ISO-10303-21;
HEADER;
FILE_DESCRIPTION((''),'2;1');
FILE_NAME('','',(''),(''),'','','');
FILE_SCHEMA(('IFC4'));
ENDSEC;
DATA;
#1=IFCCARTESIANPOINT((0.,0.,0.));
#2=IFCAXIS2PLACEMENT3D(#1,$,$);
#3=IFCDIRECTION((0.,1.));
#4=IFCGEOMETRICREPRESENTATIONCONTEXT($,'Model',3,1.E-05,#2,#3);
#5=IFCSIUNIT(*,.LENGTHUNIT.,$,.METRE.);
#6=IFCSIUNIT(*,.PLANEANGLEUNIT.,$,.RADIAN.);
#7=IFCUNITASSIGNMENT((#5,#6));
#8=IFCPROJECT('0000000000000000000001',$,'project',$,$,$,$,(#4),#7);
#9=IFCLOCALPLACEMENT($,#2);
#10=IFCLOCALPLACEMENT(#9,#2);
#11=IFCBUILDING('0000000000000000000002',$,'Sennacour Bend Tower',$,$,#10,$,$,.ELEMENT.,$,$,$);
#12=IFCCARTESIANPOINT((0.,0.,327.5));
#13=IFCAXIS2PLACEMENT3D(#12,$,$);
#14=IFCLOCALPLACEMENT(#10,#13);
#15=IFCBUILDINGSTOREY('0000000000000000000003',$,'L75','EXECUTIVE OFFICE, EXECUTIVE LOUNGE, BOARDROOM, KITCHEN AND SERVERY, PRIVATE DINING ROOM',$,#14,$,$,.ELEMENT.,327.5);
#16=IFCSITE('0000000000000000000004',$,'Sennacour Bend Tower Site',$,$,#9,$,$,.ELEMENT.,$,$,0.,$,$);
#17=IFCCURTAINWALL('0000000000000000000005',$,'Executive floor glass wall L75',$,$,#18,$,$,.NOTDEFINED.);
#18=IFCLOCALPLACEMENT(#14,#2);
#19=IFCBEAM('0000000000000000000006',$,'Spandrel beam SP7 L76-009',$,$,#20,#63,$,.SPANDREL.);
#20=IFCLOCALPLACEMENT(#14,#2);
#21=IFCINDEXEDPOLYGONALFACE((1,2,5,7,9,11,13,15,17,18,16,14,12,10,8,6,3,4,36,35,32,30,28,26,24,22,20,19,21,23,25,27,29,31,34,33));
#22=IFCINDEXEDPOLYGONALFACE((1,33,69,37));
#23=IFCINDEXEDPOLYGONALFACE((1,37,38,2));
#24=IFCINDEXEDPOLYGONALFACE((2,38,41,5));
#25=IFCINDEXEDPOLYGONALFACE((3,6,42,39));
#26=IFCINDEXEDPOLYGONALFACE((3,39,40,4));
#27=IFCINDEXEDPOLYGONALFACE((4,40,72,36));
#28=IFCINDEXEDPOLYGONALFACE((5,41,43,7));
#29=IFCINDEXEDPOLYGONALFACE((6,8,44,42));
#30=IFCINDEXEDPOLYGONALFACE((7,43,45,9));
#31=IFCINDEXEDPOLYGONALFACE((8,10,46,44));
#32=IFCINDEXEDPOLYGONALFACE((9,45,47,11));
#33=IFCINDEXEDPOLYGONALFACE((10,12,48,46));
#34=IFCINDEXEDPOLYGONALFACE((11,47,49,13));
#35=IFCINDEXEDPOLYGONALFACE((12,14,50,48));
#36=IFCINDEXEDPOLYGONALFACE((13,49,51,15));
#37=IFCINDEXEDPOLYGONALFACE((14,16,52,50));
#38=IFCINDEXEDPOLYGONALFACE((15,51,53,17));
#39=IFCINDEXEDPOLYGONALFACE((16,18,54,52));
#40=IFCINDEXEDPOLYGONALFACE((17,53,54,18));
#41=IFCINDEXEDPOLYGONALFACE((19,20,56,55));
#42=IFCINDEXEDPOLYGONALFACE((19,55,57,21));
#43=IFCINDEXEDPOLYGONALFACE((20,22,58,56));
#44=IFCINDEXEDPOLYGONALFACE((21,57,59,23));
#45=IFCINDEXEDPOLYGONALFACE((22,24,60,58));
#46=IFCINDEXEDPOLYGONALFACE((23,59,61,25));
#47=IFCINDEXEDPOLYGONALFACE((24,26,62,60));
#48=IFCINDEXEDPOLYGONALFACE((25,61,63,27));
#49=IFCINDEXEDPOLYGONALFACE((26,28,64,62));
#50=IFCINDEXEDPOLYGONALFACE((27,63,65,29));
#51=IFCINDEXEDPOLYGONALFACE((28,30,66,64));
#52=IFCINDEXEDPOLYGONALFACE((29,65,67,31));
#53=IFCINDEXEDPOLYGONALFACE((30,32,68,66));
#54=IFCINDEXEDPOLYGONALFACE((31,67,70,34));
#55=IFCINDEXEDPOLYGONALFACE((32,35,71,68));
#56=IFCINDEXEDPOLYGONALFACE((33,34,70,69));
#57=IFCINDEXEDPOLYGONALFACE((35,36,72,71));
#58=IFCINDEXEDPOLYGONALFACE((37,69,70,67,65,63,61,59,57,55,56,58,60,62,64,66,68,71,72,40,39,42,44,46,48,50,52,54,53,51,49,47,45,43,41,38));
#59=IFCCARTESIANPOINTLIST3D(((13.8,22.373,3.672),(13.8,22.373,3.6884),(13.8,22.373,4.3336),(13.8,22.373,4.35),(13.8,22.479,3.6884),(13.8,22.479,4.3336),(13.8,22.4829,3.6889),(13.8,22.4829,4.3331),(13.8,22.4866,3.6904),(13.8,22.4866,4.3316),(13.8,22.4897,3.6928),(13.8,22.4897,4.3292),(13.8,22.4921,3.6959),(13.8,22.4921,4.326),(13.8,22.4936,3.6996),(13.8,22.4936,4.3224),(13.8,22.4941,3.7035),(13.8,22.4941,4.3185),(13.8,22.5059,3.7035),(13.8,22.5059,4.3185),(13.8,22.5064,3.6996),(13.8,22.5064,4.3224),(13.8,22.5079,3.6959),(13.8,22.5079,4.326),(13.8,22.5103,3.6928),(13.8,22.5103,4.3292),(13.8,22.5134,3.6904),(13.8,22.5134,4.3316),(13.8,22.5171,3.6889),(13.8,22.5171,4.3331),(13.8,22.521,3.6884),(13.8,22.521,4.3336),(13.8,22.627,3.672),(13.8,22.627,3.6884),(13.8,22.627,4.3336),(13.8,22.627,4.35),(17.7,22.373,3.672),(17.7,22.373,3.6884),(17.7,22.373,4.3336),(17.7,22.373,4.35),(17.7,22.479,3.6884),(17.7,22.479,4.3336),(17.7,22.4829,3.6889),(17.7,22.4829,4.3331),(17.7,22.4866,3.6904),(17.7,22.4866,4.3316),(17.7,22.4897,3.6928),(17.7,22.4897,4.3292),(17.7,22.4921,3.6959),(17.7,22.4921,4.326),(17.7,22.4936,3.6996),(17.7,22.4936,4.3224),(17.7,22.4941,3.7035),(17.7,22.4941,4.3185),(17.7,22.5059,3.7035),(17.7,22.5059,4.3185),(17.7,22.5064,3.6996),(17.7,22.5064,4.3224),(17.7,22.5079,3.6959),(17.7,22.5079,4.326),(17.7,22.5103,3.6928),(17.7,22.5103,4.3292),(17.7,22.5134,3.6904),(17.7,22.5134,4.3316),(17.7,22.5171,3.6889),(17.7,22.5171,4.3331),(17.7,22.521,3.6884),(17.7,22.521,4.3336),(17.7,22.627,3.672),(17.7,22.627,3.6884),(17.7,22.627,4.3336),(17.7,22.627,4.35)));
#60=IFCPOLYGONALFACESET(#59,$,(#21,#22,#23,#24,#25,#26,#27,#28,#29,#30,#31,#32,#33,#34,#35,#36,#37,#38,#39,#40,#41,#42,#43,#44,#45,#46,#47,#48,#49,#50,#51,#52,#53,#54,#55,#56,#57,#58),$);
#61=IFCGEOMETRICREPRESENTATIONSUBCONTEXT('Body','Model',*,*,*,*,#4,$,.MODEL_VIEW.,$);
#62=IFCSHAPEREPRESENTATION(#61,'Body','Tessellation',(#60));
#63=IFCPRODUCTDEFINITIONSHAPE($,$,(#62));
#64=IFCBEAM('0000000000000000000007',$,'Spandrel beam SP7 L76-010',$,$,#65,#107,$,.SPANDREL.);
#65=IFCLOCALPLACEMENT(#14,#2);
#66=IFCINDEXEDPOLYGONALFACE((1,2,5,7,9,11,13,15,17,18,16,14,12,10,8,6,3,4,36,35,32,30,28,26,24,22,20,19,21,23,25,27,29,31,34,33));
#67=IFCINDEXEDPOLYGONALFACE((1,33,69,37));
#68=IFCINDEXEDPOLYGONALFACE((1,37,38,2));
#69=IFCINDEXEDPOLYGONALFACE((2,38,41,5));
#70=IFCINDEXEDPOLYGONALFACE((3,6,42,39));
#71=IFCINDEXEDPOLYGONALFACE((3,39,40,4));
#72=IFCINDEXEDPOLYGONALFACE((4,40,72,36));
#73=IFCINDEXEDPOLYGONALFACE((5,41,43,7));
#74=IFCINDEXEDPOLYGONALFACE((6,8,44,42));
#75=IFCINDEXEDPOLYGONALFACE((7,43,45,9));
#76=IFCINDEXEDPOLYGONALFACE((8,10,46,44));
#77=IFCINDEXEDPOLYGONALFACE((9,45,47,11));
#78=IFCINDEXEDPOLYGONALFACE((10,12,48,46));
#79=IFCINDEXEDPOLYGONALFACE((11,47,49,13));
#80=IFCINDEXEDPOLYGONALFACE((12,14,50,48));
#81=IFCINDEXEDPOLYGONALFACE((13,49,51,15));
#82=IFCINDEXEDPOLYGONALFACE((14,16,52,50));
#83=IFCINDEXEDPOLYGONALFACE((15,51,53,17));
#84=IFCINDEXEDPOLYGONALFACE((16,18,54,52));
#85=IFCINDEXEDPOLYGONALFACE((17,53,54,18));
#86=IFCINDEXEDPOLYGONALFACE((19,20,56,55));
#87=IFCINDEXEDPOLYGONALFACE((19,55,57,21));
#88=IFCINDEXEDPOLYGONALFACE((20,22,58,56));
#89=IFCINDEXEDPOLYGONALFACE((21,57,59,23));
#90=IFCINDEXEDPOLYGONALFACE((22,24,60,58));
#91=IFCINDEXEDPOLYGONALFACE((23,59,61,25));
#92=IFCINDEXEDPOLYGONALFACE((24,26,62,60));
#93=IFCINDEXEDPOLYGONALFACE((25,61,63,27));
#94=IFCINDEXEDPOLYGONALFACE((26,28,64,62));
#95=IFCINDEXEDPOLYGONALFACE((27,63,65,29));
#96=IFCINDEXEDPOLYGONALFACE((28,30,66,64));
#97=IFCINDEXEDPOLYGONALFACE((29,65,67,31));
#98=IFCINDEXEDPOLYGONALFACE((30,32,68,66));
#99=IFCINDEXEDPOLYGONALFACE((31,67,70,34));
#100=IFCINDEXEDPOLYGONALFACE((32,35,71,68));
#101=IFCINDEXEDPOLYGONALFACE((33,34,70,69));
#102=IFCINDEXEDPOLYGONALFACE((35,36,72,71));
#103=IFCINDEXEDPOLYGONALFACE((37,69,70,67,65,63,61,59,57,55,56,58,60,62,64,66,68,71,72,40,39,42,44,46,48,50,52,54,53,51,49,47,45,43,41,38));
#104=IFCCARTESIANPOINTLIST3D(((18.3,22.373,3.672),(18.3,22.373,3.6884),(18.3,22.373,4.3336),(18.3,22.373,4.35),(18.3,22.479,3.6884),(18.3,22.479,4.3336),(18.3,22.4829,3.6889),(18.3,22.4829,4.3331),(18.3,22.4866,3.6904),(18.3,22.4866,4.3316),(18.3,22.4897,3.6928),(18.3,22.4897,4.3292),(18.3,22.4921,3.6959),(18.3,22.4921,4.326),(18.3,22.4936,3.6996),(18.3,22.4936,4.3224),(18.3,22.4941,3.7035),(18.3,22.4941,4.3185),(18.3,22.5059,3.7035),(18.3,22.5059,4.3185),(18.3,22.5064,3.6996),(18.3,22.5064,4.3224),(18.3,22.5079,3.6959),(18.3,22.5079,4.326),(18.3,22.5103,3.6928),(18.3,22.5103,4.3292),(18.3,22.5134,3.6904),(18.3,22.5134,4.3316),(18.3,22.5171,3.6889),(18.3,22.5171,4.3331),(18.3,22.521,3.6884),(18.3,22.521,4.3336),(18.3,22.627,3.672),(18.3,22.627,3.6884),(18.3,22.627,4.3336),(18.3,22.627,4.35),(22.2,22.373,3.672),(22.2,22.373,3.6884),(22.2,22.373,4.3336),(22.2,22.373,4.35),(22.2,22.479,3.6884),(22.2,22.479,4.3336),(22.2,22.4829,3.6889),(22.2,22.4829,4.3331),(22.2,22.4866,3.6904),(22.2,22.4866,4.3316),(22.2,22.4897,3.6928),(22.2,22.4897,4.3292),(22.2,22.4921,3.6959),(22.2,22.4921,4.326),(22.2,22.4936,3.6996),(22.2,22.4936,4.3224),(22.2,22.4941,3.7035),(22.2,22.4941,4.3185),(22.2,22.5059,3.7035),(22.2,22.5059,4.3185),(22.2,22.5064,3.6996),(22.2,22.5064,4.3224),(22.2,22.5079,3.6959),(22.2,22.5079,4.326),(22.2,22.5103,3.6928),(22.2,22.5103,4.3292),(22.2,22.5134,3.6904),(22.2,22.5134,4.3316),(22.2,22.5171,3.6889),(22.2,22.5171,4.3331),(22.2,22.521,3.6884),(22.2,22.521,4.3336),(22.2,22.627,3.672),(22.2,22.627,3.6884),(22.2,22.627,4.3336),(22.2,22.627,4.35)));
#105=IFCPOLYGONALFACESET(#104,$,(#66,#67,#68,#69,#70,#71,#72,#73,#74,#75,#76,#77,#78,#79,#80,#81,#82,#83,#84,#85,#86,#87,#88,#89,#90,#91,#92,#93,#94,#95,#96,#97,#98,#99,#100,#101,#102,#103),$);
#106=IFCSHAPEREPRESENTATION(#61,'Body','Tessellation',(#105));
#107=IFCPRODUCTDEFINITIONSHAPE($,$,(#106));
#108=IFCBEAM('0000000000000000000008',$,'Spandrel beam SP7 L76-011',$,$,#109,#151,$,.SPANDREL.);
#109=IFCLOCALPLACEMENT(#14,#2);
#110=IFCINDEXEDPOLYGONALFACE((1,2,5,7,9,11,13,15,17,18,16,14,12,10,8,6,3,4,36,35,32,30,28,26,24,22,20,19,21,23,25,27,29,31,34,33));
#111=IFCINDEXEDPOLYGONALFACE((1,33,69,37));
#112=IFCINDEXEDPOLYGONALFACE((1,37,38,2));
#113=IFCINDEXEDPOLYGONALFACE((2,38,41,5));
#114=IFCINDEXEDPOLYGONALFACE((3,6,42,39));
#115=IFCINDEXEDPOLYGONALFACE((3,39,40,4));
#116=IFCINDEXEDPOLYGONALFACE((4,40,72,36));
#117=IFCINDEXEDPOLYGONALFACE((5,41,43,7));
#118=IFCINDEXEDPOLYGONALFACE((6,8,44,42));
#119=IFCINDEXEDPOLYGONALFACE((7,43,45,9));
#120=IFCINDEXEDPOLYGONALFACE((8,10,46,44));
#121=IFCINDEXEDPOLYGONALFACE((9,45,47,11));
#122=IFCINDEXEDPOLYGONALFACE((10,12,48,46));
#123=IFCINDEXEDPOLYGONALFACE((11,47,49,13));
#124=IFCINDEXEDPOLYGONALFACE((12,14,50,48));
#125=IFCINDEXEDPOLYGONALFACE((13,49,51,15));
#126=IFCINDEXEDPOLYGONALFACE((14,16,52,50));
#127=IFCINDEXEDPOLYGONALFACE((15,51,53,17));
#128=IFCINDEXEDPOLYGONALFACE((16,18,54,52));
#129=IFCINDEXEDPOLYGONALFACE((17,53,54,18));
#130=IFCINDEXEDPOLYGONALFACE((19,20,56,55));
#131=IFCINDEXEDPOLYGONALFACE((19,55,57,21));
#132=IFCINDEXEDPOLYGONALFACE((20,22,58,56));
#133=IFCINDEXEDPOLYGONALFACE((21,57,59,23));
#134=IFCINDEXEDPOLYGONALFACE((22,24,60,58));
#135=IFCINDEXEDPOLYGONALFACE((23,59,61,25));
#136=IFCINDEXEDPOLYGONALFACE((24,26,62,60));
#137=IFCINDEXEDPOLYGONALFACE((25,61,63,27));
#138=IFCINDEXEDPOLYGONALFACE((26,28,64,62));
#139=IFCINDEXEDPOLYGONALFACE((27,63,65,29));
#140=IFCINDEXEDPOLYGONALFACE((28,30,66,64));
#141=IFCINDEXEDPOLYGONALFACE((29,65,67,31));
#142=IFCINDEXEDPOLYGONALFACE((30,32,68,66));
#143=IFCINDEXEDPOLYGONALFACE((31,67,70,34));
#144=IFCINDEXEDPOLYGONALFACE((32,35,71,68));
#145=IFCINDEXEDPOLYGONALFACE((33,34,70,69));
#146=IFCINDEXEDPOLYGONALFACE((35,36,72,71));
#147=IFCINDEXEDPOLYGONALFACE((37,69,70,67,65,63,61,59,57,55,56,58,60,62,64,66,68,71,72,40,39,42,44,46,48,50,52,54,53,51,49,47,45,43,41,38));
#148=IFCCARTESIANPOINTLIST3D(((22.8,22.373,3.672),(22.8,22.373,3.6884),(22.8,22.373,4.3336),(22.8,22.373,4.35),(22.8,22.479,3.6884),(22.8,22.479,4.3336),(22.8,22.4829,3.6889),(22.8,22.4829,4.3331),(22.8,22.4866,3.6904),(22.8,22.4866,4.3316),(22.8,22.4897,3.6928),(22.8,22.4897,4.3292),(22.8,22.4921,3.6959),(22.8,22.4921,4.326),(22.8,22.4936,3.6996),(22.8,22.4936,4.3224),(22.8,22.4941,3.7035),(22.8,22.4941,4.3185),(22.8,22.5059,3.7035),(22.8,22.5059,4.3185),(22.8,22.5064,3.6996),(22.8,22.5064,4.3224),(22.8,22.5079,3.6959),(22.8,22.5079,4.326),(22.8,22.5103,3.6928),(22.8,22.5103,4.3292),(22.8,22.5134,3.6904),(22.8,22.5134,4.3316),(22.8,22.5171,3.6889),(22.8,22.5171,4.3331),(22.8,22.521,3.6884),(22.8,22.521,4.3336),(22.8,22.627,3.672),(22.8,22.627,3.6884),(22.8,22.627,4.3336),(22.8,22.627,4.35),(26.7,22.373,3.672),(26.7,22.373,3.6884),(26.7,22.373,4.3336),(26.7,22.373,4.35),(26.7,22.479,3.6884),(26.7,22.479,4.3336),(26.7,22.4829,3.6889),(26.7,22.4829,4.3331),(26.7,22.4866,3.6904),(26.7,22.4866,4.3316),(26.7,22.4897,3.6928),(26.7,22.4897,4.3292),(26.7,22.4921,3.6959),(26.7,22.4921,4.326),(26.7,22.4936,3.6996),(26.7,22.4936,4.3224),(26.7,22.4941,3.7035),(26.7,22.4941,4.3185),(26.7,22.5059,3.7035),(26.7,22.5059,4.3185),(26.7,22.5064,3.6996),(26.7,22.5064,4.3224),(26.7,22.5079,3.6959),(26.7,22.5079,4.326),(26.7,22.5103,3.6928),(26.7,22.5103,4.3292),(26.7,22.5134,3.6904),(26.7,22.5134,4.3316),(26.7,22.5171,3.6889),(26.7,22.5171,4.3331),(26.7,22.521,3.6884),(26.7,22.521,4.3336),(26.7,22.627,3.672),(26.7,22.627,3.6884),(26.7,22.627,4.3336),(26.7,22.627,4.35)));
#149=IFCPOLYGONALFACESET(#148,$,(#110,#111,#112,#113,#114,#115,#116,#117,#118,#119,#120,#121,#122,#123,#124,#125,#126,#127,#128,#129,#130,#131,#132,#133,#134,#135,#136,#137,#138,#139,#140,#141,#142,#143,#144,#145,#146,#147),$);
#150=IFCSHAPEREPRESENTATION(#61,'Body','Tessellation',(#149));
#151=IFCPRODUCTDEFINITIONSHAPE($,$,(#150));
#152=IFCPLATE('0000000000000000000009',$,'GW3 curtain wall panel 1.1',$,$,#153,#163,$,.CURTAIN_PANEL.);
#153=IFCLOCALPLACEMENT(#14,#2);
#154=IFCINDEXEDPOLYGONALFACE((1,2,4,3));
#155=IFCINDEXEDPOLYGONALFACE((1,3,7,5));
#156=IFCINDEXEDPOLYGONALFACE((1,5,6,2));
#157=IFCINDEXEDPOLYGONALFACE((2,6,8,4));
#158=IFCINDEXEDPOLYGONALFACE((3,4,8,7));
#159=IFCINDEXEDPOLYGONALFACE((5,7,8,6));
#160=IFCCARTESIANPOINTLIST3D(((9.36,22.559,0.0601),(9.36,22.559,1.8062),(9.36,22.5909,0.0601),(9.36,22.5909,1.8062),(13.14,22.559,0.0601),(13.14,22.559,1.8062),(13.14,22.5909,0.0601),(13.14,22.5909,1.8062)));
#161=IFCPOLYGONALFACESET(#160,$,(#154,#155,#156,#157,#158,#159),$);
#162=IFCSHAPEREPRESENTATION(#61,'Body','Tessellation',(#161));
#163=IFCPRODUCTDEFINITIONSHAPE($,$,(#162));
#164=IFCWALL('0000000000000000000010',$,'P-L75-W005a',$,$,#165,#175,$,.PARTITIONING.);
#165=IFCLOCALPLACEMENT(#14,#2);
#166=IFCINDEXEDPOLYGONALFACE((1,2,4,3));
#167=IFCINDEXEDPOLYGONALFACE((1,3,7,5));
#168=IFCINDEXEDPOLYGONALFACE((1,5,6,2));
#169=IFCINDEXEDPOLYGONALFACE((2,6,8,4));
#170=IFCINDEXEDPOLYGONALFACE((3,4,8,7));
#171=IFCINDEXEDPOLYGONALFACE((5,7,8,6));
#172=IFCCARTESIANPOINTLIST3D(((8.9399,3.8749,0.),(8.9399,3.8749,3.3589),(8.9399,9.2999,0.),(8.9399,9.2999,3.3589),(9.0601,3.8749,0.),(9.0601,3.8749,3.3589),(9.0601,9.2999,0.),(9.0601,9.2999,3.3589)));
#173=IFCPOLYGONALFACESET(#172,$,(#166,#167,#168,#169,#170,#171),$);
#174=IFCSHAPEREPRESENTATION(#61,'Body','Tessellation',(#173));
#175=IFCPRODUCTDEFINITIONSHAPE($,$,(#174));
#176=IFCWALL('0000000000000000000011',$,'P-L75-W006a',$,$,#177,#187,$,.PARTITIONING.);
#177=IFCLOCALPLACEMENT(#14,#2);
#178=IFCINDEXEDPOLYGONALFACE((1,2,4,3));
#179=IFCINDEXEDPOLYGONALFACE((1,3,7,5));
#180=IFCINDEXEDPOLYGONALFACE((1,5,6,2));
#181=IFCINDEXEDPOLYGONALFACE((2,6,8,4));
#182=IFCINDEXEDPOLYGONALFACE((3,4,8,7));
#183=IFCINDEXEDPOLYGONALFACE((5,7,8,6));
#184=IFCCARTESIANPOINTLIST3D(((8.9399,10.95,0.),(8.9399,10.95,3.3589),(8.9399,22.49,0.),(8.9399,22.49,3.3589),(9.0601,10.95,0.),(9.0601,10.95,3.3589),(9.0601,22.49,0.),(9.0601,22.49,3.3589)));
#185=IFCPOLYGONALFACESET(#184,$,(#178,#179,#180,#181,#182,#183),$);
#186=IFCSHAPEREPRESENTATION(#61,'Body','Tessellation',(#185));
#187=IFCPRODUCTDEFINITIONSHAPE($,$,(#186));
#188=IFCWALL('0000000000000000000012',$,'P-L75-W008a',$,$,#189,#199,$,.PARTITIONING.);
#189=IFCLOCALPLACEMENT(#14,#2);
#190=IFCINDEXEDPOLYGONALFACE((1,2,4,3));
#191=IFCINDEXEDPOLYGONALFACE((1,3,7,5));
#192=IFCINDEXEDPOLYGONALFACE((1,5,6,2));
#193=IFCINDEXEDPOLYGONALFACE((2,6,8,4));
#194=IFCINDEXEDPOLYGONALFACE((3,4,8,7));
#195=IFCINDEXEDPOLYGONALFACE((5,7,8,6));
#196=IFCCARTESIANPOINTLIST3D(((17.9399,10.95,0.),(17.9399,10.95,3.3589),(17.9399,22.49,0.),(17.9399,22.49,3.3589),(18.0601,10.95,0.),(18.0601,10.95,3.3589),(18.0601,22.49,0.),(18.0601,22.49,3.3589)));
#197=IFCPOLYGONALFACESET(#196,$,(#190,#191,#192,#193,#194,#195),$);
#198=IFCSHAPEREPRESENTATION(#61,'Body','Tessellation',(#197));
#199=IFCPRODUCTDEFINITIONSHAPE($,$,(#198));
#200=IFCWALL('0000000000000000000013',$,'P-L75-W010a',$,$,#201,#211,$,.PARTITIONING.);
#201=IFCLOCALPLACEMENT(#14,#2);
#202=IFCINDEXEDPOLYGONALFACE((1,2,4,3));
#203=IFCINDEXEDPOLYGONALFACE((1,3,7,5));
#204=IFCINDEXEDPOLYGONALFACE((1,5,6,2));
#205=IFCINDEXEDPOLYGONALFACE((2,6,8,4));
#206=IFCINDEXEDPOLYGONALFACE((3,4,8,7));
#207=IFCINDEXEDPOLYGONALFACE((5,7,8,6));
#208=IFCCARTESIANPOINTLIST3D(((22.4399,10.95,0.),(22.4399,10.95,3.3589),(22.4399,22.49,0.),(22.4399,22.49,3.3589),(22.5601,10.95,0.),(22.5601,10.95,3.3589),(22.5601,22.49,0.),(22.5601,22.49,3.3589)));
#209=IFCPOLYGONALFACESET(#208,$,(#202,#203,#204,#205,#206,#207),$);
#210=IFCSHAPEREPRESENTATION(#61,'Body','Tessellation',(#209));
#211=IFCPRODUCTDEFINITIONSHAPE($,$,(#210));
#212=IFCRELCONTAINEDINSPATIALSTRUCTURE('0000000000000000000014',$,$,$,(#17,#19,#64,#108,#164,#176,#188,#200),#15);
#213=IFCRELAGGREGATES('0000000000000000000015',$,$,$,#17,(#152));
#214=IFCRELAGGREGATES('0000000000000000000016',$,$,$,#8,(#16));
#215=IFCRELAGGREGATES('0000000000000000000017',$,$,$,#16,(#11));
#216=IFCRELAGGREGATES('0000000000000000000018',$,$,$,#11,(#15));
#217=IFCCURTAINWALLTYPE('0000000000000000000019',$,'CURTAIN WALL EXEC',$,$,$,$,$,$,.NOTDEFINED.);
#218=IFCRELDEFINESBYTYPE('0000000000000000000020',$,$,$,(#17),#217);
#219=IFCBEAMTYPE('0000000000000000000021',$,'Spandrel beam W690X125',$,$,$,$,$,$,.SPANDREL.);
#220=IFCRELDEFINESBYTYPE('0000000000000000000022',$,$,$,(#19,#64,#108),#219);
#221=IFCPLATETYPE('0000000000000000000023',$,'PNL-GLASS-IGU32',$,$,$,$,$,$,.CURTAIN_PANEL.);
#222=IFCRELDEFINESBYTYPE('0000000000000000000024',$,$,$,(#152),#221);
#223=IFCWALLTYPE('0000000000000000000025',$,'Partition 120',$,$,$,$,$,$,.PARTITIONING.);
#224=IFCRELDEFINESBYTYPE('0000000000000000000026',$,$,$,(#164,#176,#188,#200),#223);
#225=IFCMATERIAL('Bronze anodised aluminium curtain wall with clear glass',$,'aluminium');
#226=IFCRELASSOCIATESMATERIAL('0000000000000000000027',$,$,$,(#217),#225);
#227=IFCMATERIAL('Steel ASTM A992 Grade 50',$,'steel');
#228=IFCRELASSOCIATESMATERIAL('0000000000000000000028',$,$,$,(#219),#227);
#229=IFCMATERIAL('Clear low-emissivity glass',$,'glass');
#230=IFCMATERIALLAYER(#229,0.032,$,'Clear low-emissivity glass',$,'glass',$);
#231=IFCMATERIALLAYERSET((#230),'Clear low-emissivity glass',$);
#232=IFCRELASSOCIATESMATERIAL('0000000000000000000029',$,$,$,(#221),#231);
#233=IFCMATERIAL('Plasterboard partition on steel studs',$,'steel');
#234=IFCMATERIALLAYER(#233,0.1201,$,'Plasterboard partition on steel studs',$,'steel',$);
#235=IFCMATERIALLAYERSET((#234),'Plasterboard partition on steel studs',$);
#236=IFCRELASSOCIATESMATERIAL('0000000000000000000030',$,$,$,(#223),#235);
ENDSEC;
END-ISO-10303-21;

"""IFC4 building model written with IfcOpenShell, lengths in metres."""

from ifc_helpers import new_model, si_unit, direction, frame, frame_2d, origin, origin_2d, place, context, subcontext, project, spatial, rectangle, i_section, extrude, material, layer, layer_set, material_profile, profile_set, type_object, element, aggregate, save


model = new_model("IFC4")

# Units and contexts
model_context = context("Model", 3, precision=1e-05, world=origin(), true_north=direction((0.0, 1.0)))
body_context = subcontext(model_context, "Body", "Model", "MODEL_VIEW")
ifc_project = project(units=[si_unit("LENGTHUNIT", "METRE"), si_unit("PLANEANGLEUNIT", "RADIAN")], contexts=[model_context])

# Site, building, storey
site_placement = place(None, origin())
site = spatial("IfcSite", under=ifc_project, at=site_placement, Name="Sennacour Bend Tower Site", CompositionType="ELEMENT", RefElevation=0.0)
building_placement = place(site_placement, origin())
building = spatial("IfcBuilding", under=site, at=building_placement, Name="Sennacour Bend Tower", CompositionType="ELEMENT")
storey_placement = place(building_placement, frame((0.0, 0.0, 327.5)))
storey = spatial("IfcBuildingStorey", under=building, at=storey_placement, Name="L75", Description="EXECUTIVE OFFICE, EXECUTIVE LOUNGE, BOARDROOM, KITCHEN AND SERVERY, PRIVATE DINING ROOM", CompositionType="ELEMENT", Elevation=327.5)

# Curtain wall
ifc_material_1 = material(Name="Bronze anodised aluminium curtain wall with clear glass", Category="aluminium")
curtain_wall_type = type_object("IfcCurtainWallType", Name="CURTAIN WALL EXEC", PredefinedType="NOTDEFINED", material=ifc_material_1)
curtain_wall_1_placement = place(storey_placement, origin())
curtain_wall_1 = element("IfcCurtainWall", 1, at=curtain_wall_1_placement, inside=storey, type_object=curtain_wall_type, Name="Executive floor glass wall L75", PredefinedType="NOTDEFINED")

# Beams
ifc_material_2 = material(Name="Steel ASTM A992 Grade 50", Category="steel")
ifc_material_profile_1 = material_profile(ifc_material_2, i_section(OverallWidth=0.2539, OverallDepth=0.678, WebThickness=0.0117, FlangeThickness=0.0164, FilletRadius=0.0151, at=origin_2d()), Name="Steel ASTM A992 Grade 50", Category="steel")
ifc_profile_set_1 = profile_set([ifc_material_profile_1], Name="Steel ASTM A992 Grade 50")
beam_type = type_object("IfcBeamType", Name="Spandrel beam W690X125", PredefinedType="SPANDREL", material=ifc_profile_set_1)
for number, where, z_axis, x_axis, name in (
    (2, (13.8, 22.5, 4.011), (1.0, 0.0, 0.0), (0.0, 1.0, 0.0), "Spandrel beam SP7 L76-009"),
    (3, (18.3, 22.5, 4.011), (1.0, 0.0, 0.0), (0.0, 1.0, 0.0), "Spandrel beam SP7 L76-010"),
    (4, (22.8, 22.5, 4.011), (1.0, 0.0, 0.0), (0.0, 1.0, 0.0), "Spandrel beam SP7 L76-011"),
):
    element("IfcBeam", number, at=place(storey_placement, frame(where, z_axis=z_axis, x_axis=x_axis)), inside=storey, type_object=beam_type, Name=name, PredefinedType="SPANDREL", context=body_context, shape_type="SweptSolid", body=[
        extrude(i_section(OverallWidth=0.2539, OverallDepth=0.678, WebThickness=0.0117, FlangeThickness=0.0164, FilletRadius=0.0151, at=origin_2d()), origin(), (0.0, 0.0, 1.0), 3.8999),
    ])

# Plate
ifc_material_3 = material(Name="Clear low-emissivity glass", Category="glass")
ifc_layer_1 = layer(ifc_material_3, 0.032, Name="Clear low-emissivity glass", Category="glass")
ifc_layer_set_1 = layer_set([ifc_layer_1], Name="Clear low-emissivity glass")
plate_type = type_object("IfcPlateType", Name="PNL-GLASS-IGU32", PredefinedType="CURTAIN_PANEL", material=ifc_layer_set_1)
plate_placement = place(storey_placement, frame((11.25, 22.575, 0.0601), z_axis=(0.0, 0.0, 1.0), x_axis=(-1.0, 0.0, 0.0)))
plate = element("IfcPlate", 5, at=plate_placement, type_object=plate_type, Name="GW3 curtain wall panel 1.1", PredefinedType="CURTAIN_PANEL", context=body_context, shape_type="SweptSolid", body=[
    extrude(rectangle(XDim=3.78, YDim=0.032, at=origin_2d()), origin(), (0.0, 0.0, 1.0), 1.7461),
])
aggregate(curtain_wall_1, [plate])

# Walls
ifc_material_4 = material(Name="Plasterboard partition on steel studs", Category="steel")
ifc_layer_2 = layer(ifc_material_4, 0.1201, Name="Plasterboard partition on steel studs", Category="steel")
ifc_layer_set_2 = layer_set([ifc_layer_2], Name="Plasterboard partition on steel studs")
wall_type = type_object("IfcWallType", Name="Partition 120", PredefinedType="PARTITIONING", material=ifc_layer_set_2)
wall_1_placement = place(storey_placement, frame((9.0, 3.875, 0.0), z_axis=(0.0, 0.0, 1.0), x_axis=(0.0, 1.0, 0.0)))
element("IfcWall", 6, at=wall_1_placement, inside=storey, type_object=wall_type, Name="P-L75-W005a", PredefinedType="PARTITIONING", context=body_context, shape_type="SweptSolid", body=[
    extrude(rectangle(XDim=5.425, YDim=0.1201, at=frame_2d((2.7124, 0.0))), origin(), (0.0, 0.0, 1.0), 3.3589),
])
for number, where, z_axis, x_axis, name in (
    (7, (9.0, 10.95, 0.0), (0.0, 0.0, 1.0), (0.0, 1.0, 0.0), "P-L75-W006a"),
    (8, (18.0, 10.95, 0.0), (0.0, 0.0, 1.0), (0.0, 1.0, 0.0), "P-L75-W008a"),
    (9, (22.5, 10.95, 0.0), (0.0, 0.0, 1.0), (0.0, 1.0, 0.0), "P-L75-W010a"),
):
    element("IfcWall", number, at=place(storey_placement, frame(where, z_axis=z_axis, x_axis=x_axis)), inside=storey, type_object=wall_type, Name=name, PredefinedType="PARTITIONING", context=body_context, shape_type="SweptSolid", body=[
        extrude(rectangle(XDim=11.54, YDim=0.1201, at=frame_2d((5.77, 0.0))), origin(), (0.0, 0.0, 1.0), 3.3589),
    ])

save(model, "model.ifc")
